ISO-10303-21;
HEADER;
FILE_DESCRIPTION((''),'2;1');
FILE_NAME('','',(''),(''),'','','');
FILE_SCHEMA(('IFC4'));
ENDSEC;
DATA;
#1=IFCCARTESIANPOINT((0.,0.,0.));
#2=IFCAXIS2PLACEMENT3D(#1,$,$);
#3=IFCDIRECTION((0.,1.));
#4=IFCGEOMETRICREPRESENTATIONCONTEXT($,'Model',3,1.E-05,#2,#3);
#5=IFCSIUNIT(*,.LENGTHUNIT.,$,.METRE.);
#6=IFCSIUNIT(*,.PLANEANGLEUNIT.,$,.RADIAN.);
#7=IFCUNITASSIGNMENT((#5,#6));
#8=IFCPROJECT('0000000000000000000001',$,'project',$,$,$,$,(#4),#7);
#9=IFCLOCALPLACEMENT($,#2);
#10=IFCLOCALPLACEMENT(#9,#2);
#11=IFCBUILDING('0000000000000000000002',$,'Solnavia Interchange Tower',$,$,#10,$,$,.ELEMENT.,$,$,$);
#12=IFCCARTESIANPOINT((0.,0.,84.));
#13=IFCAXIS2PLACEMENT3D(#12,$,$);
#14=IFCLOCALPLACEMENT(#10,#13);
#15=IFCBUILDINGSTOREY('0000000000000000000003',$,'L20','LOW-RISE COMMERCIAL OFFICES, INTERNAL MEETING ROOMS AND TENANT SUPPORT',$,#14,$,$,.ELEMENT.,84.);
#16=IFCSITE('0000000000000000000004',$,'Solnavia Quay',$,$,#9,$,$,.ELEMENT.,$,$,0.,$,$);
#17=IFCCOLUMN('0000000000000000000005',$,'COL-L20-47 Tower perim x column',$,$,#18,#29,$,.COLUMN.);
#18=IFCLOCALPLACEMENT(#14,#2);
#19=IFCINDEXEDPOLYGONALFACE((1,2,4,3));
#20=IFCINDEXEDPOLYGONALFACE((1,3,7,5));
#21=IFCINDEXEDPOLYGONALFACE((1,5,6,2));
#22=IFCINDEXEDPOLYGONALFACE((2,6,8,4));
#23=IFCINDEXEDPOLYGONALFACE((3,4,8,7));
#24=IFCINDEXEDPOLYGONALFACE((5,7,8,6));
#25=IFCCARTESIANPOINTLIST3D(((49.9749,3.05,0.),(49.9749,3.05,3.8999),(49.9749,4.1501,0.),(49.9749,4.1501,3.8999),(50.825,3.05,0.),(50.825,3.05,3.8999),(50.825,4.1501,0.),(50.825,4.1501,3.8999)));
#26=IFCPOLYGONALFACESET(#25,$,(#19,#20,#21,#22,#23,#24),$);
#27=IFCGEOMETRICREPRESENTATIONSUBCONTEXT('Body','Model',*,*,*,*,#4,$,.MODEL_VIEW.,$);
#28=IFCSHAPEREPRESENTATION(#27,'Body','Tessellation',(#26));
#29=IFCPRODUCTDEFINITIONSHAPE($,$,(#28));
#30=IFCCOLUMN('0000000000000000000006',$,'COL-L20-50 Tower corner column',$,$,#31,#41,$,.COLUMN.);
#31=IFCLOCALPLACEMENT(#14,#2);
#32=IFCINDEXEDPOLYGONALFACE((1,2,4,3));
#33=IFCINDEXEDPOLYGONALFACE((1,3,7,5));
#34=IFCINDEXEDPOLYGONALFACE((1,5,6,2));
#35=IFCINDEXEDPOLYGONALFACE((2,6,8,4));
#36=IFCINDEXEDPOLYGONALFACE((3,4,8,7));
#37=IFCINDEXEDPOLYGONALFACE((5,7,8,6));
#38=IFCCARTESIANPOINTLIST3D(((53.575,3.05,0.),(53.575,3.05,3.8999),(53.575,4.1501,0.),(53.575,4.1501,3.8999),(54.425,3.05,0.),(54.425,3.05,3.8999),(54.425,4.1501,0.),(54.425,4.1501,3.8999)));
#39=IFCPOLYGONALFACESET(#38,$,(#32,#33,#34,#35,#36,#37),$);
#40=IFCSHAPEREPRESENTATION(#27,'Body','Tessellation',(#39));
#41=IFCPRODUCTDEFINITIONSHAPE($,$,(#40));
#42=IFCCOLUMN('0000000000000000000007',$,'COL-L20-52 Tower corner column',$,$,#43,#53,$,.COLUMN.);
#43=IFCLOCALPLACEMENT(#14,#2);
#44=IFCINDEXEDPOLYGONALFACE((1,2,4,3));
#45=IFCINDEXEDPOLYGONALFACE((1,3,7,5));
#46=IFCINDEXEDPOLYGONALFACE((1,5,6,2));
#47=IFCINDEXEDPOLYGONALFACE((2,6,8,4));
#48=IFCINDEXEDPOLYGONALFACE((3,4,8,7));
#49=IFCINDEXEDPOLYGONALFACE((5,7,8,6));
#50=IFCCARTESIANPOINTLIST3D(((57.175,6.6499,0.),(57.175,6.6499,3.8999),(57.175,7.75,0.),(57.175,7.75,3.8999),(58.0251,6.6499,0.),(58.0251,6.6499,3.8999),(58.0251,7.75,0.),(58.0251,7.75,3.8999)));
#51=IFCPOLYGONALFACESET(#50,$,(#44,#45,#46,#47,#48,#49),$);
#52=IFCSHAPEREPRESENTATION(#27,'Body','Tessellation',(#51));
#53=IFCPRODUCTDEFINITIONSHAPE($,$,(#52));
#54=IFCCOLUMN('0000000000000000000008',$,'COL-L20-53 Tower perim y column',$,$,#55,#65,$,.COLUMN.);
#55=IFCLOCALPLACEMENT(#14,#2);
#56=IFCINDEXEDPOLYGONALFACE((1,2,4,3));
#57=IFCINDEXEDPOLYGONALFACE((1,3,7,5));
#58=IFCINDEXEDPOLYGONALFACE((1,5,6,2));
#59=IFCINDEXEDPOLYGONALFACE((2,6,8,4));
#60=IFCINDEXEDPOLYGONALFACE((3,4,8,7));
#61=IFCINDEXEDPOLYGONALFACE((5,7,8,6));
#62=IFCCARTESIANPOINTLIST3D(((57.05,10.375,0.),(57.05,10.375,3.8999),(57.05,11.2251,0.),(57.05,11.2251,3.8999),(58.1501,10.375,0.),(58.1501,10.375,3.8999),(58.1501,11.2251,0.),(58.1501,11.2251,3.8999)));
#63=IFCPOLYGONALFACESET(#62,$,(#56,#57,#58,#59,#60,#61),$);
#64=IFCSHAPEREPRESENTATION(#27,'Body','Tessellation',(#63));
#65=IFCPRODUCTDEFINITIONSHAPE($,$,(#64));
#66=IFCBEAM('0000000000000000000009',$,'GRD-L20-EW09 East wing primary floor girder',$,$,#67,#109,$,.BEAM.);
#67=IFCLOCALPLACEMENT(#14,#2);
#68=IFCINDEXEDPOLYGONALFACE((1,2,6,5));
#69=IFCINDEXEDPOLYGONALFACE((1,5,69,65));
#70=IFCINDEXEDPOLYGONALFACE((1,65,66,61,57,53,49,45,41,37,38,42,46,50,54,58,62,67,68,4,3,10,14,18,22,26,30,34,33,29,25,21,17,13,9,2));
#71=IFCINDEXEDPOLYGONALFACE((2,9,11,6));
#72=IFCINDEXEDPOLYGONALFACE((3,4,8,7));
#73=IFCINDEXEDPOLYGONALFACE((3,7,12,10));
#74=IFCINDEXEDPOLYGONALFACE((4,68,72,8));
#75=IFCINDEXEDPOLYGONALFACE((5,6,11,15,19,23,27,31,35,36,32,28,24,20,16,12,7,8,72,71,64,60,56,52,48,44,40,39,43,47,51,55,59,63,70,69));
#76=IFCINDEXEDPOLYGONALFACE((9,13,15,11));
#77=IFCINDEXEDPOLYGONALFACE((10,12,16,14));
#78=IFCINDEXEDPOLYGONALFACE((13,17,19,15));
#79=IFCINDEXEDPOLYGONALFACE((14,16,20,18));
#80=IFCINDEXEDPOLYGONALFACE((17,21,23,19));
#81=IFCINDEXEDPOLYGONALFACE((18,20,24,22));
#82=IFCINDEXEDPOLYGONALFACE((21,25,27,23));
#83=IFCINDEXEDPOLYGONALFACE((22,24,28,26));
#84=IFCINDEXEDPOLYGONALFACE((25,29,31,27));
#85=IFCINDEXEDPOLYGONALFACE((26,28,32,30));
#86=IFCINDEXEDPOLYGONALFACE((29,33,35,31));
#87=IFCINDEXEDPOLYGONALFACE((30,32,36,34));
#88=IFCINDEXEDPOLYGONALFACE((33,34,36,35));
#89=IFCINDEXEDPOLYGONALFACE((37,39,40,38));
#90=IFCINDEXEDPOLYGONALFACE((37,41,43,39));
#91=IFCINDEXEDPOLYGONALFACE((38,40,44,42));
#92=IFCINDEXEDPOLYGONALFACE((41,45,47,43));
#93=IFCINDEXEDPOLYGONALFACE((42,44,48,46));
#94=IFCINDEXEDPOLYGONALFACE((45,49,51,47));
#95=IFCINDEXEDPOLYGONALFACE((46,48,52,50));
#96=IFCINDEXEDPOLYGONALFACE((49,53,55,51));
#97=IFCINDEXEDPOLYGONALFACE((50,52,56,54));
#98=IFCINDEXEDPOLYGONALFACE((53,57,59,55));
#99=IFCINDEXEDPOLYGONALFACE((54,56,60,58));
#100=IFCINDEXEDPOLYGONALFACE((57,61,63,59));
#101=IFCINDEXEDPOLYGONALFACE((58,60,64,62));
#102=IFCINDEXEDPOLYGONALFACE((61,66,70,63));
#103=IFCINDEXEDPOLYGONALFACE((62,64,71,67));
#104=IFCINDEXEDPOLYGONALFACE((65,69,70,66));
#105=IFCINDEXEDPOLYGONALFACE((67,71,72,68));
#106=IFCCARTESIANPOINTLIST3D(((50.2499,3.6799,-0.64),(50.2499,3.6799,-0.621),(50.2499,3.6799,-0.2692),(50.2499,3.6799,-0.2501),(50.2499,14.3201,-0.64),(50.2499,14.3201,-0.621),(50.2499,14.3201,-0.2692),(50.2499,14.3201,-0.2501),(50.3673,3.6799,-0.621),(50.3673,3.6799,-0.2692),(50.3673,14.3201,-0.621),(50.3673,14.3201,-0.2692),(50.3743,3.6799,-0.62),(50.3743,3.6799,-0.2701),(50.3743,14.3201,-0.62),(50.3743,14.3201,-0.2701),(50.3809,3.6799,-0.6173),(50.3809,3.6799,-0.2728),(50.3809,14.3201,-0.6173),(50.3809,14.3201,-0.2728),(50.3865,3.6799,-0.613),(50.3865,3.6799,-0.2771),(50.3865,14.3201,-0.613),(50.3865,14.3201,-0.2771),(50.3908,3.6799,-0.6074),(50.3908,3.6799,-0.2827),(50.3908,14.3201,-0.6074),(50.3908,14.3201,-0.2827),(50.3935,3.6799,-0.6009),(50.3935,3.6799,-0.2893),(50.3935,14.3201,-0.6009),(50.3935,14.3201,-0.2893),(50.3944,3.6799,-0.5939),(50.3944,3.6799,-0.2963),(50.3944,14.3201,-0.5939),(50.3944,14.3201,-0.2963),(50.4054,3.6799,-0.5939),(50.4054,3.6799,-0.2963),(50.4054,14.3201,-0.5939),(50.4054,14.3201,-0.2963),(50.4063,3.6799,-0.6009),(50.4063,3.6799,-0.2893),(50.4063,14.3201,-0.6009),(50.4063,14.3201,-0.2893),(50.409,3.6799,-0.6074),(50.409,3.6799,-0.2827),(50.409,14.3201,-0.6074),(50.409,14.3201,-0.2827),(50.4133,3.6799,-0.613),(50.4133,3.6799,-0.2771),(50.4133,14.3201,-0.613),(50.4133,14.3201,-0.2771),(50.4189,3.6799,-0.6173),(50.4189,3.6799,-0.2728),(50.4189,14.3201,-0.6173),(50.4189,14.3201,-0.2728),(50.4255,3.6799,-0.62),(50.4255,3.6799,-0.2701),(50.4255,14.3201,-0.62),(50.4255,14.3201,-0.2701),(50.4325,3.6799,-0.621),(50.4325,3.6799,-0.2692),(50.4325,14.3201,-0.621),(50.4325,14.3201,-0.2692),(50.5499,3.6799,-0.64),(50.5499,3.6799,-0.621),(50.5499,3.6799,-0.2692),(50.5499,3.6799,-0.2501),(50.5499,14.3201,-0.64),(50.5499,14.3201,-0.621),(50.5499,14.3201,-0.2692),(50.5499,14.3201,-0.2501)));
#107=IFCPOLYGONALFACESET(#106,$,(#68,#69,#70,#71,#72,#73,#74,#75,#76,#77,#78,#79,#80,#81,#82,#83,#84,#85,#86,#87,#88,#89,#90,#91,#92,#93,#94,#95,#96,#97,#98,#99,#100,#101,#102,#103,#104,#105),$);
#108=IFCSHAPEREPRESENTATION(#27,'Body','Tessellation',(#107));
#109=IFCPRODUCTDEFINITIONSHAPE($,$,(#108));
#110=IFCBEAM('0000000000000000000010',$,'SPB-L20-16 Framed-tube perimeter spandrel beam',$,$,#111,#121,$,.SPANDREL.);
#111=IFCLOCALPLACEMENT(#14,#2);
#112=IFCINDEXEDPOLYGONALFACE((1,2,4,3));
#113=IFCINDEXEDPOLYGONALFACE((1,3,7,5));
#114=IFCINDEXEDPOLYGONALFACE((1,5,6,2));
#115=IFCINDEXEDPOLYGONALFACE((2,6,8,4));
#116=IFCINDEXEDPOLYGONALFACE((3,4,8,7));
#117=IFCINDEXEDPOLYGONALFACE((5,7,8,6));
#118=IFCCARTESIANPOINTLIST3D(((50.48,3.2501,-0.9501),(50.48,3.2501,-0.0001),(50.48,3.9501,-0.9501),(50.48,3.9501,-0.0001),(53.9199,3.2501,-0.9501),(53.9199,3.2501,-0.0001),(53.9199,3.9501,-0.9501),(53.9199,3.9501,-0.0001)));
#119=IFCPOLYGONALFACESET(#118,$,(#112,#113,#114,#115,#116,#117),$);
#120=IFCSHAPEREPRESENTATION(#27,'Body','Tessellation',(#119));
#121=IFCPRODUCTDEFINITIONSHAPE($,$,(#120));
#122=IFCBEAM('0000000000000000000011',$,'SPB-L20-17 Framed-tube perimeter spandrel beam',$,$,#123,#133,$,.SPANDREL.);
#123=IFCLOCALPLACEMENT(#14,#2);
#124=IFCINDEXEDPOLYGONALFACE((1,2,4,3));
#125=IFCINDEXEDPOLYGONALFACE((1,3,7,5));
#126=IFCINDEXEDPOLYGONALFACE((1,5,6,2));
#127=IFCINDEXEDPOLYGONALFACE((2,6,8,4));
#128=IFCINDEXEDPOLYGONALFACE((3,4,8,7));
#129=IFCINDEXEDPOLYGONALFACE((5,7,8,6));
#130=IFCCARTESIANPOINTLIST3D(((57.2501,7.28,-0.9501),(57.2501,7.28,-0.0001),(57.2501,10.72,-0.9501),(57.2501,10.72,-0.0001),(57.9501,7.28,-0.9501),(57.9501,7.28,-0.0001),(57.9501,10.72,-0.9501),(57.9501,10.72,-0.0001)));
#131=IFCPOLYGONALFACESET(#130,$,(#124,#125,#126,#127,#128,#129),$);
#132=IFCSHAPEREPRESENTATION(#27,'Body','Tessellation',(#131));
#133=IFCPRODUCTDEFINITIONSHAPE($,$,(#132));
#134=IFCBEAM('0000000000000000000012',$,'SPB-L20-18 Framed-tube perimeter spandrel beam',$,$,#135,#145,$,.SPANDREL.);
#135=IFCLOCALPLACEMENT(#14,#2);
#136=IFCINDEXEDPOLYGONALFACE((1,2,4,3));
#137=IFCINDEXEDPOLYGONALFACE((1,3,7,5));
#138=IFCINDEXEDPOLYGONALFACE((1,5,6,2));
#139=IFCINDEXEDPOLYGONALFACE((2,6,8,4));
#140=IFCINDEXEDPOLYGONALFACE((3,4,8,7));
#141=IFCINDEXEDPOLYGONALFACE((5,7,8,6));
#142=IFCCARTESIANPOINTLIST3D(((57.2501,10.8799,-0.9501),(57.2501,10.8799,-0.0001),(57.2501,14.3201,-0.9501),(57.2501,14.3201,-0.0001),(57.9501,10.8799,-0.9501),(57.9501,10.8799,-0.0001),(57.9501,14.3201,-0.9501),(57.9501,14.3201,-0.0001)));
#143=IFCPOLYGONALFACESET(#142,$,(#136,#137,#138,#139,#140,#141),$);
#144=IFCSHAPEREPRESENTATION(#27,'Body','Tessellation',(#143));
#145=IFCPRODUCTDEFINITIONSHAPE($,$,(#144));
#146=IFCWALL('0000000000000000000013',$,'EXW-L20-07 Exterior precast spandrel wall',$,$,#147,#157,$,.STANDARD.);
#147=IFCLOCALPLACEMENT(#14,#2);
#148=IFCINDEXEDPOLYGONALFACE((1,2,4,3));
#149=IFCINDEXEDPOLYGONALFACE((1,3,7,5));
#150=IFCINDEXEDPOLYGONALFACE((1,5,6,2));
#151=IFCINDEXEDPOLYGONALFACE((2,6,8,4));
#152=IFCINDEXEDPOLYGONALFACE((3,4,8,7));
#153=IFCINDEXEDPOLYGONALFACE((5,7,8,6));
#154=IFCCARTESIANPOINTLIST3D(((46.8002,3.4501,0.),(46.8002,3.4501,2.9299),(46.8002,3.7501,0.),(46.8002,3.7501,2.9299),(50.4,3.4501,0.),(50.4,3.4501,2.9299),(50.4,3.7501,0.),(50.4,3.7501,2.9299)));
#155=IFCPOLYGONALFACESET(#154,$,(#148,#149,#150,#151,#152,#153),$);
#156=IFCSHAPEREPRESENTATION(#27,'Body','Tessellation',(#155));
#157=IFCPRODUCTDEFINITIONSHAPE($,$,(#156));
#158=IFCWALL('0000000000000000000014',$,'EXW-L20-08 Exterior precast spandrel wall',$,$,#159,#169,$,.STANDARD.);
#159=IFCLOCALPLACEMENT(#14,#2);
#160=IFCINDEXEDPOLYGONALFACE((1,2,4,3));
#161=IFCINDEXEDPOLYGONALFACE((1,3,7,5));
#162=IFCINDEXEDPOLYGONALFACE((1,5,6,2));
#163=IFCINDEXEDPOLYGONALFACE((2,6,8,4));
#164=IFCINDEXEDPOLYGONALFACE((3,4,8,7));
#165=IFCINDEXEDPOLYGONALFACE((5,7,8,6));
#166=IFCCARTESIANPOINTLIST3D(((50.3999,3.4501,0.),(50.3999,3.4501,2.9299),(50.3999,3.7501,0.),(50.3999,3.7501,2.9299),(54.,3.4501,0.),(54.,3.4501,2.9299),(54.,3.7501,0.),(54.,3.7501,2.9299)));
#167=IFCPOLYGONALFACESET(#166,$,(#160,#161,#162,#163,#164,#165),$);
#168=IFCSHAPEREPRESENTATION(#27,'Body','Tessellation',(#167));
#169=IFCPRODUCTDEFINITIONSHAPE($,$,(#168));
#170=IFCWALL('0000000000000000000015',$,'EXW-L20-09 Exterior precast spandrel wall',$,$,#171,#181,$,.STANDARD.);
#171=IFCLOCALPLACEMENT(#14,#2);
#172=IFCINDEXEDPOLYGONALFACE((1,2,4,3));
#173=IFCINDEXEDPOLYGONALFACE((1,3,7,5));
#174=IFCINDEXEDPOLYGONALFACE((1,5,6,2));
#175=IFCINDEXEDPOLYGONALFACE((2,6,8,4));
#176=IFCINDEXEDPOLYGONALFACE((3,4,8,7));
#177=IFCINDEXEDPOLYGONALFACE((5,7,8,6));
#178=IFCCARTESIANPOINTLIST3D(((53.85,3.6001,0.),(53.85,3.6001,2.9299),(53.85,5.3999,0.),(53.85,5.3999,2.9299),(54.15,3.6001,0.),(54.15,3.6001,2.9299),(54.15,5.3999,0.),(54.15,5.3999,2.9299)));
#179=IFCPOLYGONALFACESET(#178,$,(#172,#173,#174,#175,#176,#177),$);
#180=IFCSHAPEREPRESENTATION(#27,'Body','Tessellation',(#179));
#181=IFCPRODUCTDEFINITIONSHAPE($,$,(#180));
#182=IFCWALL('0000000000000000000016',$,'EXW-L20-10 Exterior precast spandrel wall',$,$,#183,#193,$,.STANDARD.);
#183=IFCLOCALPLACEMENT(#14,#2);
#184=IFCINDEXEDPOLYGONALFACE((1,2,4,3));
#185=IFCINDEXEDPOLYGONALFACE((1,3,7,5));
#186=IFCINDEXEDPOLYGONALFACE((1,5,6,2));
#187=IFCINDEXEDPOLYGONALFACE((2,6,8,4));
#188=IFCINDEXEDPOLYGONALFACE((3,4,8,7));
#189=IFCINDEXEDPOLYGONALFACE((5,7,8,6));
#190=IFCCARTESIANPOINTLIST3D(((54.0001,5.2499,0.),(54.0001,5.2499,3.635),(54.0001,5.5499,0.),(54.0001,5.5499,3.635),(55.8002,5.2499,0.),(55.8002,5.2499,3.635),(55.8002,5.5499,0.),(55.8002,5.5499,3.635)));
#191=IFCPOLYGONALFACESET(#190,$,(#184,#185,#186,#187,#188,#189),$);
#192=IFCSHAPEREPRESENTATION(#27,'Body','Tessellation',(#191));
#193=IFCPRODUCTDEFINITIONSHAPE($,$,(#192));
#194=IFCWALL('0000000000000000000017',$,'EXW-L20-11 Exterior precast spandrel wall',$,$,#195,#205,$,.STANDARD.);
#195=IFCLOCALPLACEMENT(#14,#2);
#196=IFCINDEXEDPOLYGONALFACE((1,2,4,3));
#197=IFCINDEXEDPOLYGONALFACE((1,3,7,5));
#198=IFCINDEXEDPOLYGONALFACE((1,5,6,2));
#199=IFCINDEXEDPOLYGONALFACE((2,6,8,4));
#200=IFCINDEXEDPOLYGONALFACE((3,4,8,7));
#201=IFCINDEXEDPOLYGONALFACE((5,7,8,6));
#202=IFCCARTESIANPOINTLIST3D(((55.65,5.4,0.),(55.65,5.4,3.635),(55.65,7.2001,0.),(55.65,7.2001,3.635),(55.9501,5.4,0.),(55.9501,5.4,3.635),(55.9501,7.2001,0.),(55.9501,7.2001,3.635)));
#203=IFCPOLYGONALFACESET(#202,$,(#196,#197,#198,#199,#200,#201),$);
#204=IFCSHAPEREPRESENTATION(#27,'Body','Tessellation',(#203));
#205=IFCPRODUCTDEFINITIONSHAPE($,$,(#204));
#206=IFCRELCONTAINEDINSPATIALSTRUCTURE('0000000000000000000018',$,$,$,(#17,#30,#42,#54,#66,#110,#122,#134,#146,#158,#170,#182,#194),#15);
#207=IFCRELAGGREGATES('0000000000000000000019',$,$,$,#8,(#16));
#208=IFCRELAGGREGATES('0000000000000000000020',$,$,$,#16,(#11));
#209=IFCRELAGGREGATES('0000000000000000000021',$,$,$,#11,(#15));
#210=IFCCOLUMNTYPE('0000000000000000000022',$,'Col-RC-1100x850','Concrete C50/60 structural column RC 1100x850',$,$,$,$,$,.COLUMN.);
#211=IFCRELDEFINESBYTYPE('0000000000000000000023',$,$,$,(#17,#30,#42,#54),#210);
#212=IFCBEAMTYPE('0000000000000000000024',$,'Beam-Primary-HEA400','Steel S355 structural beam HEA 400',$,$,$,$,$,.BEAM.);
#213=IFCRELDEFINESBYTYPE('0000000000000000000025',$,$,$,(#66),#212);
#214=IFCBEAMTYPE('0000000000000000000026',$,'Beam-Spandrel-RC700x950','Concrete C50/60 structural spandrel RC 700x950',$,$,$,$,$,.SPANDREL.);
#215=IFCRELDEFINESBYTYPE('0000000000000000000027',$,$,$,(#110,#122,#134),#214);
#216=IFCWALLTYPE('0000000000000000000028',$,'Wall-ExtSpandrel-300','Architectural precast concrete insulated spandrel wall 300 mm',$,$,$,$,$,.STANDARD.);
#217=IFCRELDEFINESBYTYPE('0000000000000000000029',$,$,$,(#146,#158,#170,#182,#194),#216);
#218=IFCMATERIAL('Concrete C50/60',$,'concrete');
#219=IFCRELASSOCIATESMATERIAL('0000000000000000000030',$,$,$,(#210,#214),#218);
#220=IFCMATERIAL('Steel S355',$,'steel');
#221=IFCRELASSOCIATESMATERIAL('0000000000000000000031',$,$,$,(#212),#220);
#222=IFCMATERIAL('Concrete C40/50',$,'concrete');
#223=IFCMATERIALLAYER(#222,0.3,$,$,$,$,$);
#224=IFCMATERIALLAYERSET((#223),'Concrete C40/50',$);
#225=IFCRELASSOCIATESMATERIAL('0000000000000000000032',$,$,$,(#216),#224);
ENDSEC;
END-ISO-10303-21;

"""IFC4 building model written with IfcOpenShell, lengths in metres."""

from ifc_helpers import new_model, si_unit, direction, frame, frame_2d, origin, origin_2d, place, context, subcontext, project, spatial, rectangle, i_section, extrude, material, layer, layer_set, material_profile, profile_set, type_object, element, save


model = new_model("IFC4")

# Units and contexts
model_context = context("Model", 3, precision=1e-05, world=origin(), true_north=direction((0.0, 1.0)))
body_context = subcontext(model_context, "Body", "Model", "MODEL_VIEW")
ifc_project = project(units=[si_unit("LENGTHUNIT", "METRE"), si_unit("PLANEANGLEUNIT", "RADIAN")], contexts=[model_context])

# Site, building, storey
site_placement = place(None, origin())
site = spatial("IfcSite", under=ifc_project, at=site_placement, Name="Solnavia Quay", CompositionType="ELEMENT", RefElevation=0.0)
building_placement = place(site_placement, origin())
building = spatial("IfcBuilding", under=site, at=building_placement, Name="Solnavia Interchange Tower", CompositionType="ELEMENT")
storey_placement = place(building_placement, frame((0.0, 0.0, 84.0)))
storey = spatial("IfcBuildingStorey", under=building, at=storey_placement, Name="L20", Description="LOW-RISE COMMERCIAL OFFICES, INTERNAL MEETING ROOMS AND TENANT SUPPORT", CompositionType="ELEMENT", Elevation=84.0)

# Columns
ifc_material_1 = material(Name="Concrete C50/60", Category="concrete")
ifc_material_profile_1 = material_profile(ifc_material_1, rectangle(XDim=0.8501, YDim=1.1001, at=origin_2d()), Name="RC 1100x850")
ifc_profile_set_1 = profile_set([ifc_material_profile_1], Name="Concrete C50/60")
column_type = type_object("IfcColumnType", Name="Col-RC-1100x850", Description="Concrete C50/60 structural column RC 1100x850", PredefinedType="COLUMN", material=ifc_profile_set_1)
for number, where, z_axis, x_axis, name in (
    (1, (50.3999, 3.6001, 0.0), (0.0, 0.0, 1.0), (1.0, 0.0, 0.0), "COL-L20-47 Tower perim x column"),
    (2, (54.0, 3.6001, 0.0), (0.0, 0.0, 1.0), (1.0, 0.0, 0.0), "COL-L20-50 Tower corner column"),
    (3, (57.6001, 7.2, 0.0), (0.0, 0.0, 1.0), (1.0, 0.0, 0.0), "COL-L20-52 Tower corner column"),
    (4, (57.6001, 10.8, 0.0), (0.0, 0.0, 1.0), (0.0, 1.0, 0.0), "COL-L20-53 Tower perim y column"),
):
    element("IfcColumn", number, at=place(storey_placement, frame(where, z_axis=z_axis, x_axis=x_axis)), inside=storey, type_object=column_type, Name=name, PredefinedType="COLUMN", context=body_context, shape_type="SweptSolid", body=[
        extrude(rectangle(XDim=0.8501, YDim=1.1001, at=origin_2d()), origin(), (0.0, 0.0, 1.0), 3.8999),
    ])

# Beams
ifc_material_2 = material(Name="Steel S355", Category="steel")
ifc_material_profile_2 = material_profile(ifc_material_2, i_section(OverallWidth=0.3, OverallDepth=0.3899, WebThickness=0.011, FlangeThickness=0.019, FilletRadius=0.0271, at=origin_2d()), Name="HEA 400")
ifc_profile_set_2 = profile_set([ifc_material_profile_2], Name="Steel S355")
beam_type_1 = type_object("IfcBeamType", Name="Beam-Primary-HEA400", Description="Steel S355 structural beam HEA 400", PredefinedType="BEAM", material=ifc_profile_set_2)
beam_1_placement = place(storey_placement, frame((50.3999, 3.6799, -0.4451), z_axis=(0.0, 1.0, 0.0), x_axis=(-1.0, 0.0, 0.0)))
element("IfcBeam", 5, at=beam_1_placement, inside=storey, type_object=beam_type_1, Name="GRD-L20-EW09 East wing primary floor girder", PredefinedType="BEAM", context=body_context, shape_type="SweptSolid", body=[
    extrude(i_section(OverallWidth=0.3, OverallDepth=0.3899, WebThickness=0.011, FlangeThickness=0.019, FilletRadius=0.0271, at=origin_2d()), origin(), (0.0, 0.0, 1.0), 10.6401),
])
ifc_material_profile_3 = material_profile(ifc_material_1, rectangle(XDim=0.7, YDim=0.95, at=origin_2d()), Name="RC 700x950")
ifc_profile_set_3 = profile_set([ifc_material_profile_3], Name="Concrete C50/60")
beam_type_2 = type_object("IfcBeamType", Name="Beam-Spandrel-RC700x950", Description="Concrete C50/60 structural spandrel RC 700x950", PredefinedType="SPANDREL", material=ifc_profile_set_3)
for number, where, z_axis, x_axis, name in (
    (6, (50.48, 3.6001, -0.4751), (1.0, 0.0, 0.0), (0.0, 1.0, 0.0), "SPB-L20-16 Framed-tube perimeter spandrel beam"),
    (7, (57.6001, 7.28, -0.4751), (0.0, 1.0, 0.0), (-1.0, 0.0, 0.0), "SPB-L20-17 Framed-tube perimeter spandrel beam"),
):
    element("IfcBeam", number, at=place(storey_placement, frame(where, z_axis=z_axis, x_axis=x_axis)), inside=storey, type_object=beam_type_2, Name=name, PredefinedType="SPANDREL", context=body_context, shape_type="SweptSolid", body=[
        extrude(rectangle(XDim=0.7, YDim=0.95, at=origin_2d()), origin(), (0.0, 0.0, 1.0), 3.4399),
    ])
beam_2_placement = place(storey_placement, frame((57.6001, 10.8799, -0.4751), z_axis=(0.0, 1.0, 0.0), x_axis=(-1.0, 0.0, 0.0)))
element("IfcBeam", 8, at=beam_2_placement, inside=storey, type_object=beam_type_2, Name="SPB-L20-18 Framed-tube perimeter spandrel beam", PredefinedType="SPANDREL", context=body_context, shape_type="SweptSolid", body=[
    extrude(rectangle(XDim=0.7, YDim=0.95, at=origin_2d()), origin(), (0.0, 0.0, 1.0), 3.4402),
])

# Walls
ifc_material_3 = material(Name="Concrete C40/50", Category="concrete")
ifc_layer_1 = layer(ifc_material_3, 0.3)
ifc_layer_set_1 = layer_set([ifc_layer_1], Name="Concrete C40/50")
wall_type_1 = type_object("IfcWallType", Name="Wall-ExtSpandrel-300", Description="Architectural precast concrete insulated spandrel wall 300 mm", PredefinedType="STANDARD", material=ifc_layer_set_1)
wall_1_placement = place(storey_placement, frame((50.3999, 3.6001, 0.0), z_axis=(0.0, 0.0, 1.0), x_axis=(-1.0, 0.0, 0.0)))
element("IfcWall", 9, at=wall_1_placement, inside=storey, type_object=wall_type_1, Name="EXW-L20-07 Exterior precast spandrel wall", PredefinedType="STANDARD", context=body_context, shape_type="SweptSolid", body=[
    extrude(rectangle(XDim=3.5999, YDim=0.3, at=frame_2d((1.7998, 0.0))), origin(), (0.0, 0.0, 1.0), 2.9299),
])
wall_2_placement = place(storey_placement, frame((54.0, 3.6001, 0.0), z_axis=(0.0, 0.0, 1.0), x_axis=(-1.0, 0.0, 0.0)))
element("IfcWall", 10, at=wall_2_placement, inside=storey, type_object=wall_type_1, Name="EXW-L20-08 Exterior precast spandrel wall", PredefinedType="STANDARD", context=body_context, shape_type="SweptSolid", body=[
    extrude(rectangle(XDim=3.6001, YDim=0.3, at=frame_2d((1.8, 0.0))), origin(), (0.0, 0.0, 1.0), 2.9299),
])
wall_3_placement = place(storey_placement, frame((54.0, 5.3999, 0.0), z_axis=(0.0, 0.0, 1.0), x_axis=(0.0, -1.0, 0.0)))
element("IfcWall", 11, at=wall_3_placement, inside=storey, type_object=wall_type_1, Name="EXW-L20-09 Exterior precast spandrel wall", PredefinedType="STANDARD", context=body_context, shape_type="SweptSolid", body=[
    extrude(rectangle(XDim=1.7998, YDim=0.3, at=frame_2d((0.8999, 0.0))), origin(), (0.0, 0.0, 1.0), 2.9299),
])
for number, where, z_axis, x_axis, name in (
    (12, (55.8, 5.3999, 0.0), (0.0, 0.0, 1.0), (-1.0, 0.0, 0.0), "EXW-L20-10 Exterior precast spandrel wall"),
    (13, (55.8, 7.2, 0.0), (0.0, 0.0, 1.0), (0.0, -1.0, 0.0), "EXW-L20-11 Exterior precast spandrel wall"),
):
    element("IfcWall", number, at=place(storey_placement, frame(where, z_axis=z_axis, x_axis=x_axis)), inside=storey, type_object=wall_type_1, Name=name, PredefinedType="STANDARD", context=body_context, shape_type="SweptSolid", body=[
        extrude(rectangle(XDim=1.8, YDim=0.3, at=frame_2d((0.8999, 0.0))), origin(), (0.0, 0.0, 1.0), 3.635),
    ])

save(model, "model.ifc")
